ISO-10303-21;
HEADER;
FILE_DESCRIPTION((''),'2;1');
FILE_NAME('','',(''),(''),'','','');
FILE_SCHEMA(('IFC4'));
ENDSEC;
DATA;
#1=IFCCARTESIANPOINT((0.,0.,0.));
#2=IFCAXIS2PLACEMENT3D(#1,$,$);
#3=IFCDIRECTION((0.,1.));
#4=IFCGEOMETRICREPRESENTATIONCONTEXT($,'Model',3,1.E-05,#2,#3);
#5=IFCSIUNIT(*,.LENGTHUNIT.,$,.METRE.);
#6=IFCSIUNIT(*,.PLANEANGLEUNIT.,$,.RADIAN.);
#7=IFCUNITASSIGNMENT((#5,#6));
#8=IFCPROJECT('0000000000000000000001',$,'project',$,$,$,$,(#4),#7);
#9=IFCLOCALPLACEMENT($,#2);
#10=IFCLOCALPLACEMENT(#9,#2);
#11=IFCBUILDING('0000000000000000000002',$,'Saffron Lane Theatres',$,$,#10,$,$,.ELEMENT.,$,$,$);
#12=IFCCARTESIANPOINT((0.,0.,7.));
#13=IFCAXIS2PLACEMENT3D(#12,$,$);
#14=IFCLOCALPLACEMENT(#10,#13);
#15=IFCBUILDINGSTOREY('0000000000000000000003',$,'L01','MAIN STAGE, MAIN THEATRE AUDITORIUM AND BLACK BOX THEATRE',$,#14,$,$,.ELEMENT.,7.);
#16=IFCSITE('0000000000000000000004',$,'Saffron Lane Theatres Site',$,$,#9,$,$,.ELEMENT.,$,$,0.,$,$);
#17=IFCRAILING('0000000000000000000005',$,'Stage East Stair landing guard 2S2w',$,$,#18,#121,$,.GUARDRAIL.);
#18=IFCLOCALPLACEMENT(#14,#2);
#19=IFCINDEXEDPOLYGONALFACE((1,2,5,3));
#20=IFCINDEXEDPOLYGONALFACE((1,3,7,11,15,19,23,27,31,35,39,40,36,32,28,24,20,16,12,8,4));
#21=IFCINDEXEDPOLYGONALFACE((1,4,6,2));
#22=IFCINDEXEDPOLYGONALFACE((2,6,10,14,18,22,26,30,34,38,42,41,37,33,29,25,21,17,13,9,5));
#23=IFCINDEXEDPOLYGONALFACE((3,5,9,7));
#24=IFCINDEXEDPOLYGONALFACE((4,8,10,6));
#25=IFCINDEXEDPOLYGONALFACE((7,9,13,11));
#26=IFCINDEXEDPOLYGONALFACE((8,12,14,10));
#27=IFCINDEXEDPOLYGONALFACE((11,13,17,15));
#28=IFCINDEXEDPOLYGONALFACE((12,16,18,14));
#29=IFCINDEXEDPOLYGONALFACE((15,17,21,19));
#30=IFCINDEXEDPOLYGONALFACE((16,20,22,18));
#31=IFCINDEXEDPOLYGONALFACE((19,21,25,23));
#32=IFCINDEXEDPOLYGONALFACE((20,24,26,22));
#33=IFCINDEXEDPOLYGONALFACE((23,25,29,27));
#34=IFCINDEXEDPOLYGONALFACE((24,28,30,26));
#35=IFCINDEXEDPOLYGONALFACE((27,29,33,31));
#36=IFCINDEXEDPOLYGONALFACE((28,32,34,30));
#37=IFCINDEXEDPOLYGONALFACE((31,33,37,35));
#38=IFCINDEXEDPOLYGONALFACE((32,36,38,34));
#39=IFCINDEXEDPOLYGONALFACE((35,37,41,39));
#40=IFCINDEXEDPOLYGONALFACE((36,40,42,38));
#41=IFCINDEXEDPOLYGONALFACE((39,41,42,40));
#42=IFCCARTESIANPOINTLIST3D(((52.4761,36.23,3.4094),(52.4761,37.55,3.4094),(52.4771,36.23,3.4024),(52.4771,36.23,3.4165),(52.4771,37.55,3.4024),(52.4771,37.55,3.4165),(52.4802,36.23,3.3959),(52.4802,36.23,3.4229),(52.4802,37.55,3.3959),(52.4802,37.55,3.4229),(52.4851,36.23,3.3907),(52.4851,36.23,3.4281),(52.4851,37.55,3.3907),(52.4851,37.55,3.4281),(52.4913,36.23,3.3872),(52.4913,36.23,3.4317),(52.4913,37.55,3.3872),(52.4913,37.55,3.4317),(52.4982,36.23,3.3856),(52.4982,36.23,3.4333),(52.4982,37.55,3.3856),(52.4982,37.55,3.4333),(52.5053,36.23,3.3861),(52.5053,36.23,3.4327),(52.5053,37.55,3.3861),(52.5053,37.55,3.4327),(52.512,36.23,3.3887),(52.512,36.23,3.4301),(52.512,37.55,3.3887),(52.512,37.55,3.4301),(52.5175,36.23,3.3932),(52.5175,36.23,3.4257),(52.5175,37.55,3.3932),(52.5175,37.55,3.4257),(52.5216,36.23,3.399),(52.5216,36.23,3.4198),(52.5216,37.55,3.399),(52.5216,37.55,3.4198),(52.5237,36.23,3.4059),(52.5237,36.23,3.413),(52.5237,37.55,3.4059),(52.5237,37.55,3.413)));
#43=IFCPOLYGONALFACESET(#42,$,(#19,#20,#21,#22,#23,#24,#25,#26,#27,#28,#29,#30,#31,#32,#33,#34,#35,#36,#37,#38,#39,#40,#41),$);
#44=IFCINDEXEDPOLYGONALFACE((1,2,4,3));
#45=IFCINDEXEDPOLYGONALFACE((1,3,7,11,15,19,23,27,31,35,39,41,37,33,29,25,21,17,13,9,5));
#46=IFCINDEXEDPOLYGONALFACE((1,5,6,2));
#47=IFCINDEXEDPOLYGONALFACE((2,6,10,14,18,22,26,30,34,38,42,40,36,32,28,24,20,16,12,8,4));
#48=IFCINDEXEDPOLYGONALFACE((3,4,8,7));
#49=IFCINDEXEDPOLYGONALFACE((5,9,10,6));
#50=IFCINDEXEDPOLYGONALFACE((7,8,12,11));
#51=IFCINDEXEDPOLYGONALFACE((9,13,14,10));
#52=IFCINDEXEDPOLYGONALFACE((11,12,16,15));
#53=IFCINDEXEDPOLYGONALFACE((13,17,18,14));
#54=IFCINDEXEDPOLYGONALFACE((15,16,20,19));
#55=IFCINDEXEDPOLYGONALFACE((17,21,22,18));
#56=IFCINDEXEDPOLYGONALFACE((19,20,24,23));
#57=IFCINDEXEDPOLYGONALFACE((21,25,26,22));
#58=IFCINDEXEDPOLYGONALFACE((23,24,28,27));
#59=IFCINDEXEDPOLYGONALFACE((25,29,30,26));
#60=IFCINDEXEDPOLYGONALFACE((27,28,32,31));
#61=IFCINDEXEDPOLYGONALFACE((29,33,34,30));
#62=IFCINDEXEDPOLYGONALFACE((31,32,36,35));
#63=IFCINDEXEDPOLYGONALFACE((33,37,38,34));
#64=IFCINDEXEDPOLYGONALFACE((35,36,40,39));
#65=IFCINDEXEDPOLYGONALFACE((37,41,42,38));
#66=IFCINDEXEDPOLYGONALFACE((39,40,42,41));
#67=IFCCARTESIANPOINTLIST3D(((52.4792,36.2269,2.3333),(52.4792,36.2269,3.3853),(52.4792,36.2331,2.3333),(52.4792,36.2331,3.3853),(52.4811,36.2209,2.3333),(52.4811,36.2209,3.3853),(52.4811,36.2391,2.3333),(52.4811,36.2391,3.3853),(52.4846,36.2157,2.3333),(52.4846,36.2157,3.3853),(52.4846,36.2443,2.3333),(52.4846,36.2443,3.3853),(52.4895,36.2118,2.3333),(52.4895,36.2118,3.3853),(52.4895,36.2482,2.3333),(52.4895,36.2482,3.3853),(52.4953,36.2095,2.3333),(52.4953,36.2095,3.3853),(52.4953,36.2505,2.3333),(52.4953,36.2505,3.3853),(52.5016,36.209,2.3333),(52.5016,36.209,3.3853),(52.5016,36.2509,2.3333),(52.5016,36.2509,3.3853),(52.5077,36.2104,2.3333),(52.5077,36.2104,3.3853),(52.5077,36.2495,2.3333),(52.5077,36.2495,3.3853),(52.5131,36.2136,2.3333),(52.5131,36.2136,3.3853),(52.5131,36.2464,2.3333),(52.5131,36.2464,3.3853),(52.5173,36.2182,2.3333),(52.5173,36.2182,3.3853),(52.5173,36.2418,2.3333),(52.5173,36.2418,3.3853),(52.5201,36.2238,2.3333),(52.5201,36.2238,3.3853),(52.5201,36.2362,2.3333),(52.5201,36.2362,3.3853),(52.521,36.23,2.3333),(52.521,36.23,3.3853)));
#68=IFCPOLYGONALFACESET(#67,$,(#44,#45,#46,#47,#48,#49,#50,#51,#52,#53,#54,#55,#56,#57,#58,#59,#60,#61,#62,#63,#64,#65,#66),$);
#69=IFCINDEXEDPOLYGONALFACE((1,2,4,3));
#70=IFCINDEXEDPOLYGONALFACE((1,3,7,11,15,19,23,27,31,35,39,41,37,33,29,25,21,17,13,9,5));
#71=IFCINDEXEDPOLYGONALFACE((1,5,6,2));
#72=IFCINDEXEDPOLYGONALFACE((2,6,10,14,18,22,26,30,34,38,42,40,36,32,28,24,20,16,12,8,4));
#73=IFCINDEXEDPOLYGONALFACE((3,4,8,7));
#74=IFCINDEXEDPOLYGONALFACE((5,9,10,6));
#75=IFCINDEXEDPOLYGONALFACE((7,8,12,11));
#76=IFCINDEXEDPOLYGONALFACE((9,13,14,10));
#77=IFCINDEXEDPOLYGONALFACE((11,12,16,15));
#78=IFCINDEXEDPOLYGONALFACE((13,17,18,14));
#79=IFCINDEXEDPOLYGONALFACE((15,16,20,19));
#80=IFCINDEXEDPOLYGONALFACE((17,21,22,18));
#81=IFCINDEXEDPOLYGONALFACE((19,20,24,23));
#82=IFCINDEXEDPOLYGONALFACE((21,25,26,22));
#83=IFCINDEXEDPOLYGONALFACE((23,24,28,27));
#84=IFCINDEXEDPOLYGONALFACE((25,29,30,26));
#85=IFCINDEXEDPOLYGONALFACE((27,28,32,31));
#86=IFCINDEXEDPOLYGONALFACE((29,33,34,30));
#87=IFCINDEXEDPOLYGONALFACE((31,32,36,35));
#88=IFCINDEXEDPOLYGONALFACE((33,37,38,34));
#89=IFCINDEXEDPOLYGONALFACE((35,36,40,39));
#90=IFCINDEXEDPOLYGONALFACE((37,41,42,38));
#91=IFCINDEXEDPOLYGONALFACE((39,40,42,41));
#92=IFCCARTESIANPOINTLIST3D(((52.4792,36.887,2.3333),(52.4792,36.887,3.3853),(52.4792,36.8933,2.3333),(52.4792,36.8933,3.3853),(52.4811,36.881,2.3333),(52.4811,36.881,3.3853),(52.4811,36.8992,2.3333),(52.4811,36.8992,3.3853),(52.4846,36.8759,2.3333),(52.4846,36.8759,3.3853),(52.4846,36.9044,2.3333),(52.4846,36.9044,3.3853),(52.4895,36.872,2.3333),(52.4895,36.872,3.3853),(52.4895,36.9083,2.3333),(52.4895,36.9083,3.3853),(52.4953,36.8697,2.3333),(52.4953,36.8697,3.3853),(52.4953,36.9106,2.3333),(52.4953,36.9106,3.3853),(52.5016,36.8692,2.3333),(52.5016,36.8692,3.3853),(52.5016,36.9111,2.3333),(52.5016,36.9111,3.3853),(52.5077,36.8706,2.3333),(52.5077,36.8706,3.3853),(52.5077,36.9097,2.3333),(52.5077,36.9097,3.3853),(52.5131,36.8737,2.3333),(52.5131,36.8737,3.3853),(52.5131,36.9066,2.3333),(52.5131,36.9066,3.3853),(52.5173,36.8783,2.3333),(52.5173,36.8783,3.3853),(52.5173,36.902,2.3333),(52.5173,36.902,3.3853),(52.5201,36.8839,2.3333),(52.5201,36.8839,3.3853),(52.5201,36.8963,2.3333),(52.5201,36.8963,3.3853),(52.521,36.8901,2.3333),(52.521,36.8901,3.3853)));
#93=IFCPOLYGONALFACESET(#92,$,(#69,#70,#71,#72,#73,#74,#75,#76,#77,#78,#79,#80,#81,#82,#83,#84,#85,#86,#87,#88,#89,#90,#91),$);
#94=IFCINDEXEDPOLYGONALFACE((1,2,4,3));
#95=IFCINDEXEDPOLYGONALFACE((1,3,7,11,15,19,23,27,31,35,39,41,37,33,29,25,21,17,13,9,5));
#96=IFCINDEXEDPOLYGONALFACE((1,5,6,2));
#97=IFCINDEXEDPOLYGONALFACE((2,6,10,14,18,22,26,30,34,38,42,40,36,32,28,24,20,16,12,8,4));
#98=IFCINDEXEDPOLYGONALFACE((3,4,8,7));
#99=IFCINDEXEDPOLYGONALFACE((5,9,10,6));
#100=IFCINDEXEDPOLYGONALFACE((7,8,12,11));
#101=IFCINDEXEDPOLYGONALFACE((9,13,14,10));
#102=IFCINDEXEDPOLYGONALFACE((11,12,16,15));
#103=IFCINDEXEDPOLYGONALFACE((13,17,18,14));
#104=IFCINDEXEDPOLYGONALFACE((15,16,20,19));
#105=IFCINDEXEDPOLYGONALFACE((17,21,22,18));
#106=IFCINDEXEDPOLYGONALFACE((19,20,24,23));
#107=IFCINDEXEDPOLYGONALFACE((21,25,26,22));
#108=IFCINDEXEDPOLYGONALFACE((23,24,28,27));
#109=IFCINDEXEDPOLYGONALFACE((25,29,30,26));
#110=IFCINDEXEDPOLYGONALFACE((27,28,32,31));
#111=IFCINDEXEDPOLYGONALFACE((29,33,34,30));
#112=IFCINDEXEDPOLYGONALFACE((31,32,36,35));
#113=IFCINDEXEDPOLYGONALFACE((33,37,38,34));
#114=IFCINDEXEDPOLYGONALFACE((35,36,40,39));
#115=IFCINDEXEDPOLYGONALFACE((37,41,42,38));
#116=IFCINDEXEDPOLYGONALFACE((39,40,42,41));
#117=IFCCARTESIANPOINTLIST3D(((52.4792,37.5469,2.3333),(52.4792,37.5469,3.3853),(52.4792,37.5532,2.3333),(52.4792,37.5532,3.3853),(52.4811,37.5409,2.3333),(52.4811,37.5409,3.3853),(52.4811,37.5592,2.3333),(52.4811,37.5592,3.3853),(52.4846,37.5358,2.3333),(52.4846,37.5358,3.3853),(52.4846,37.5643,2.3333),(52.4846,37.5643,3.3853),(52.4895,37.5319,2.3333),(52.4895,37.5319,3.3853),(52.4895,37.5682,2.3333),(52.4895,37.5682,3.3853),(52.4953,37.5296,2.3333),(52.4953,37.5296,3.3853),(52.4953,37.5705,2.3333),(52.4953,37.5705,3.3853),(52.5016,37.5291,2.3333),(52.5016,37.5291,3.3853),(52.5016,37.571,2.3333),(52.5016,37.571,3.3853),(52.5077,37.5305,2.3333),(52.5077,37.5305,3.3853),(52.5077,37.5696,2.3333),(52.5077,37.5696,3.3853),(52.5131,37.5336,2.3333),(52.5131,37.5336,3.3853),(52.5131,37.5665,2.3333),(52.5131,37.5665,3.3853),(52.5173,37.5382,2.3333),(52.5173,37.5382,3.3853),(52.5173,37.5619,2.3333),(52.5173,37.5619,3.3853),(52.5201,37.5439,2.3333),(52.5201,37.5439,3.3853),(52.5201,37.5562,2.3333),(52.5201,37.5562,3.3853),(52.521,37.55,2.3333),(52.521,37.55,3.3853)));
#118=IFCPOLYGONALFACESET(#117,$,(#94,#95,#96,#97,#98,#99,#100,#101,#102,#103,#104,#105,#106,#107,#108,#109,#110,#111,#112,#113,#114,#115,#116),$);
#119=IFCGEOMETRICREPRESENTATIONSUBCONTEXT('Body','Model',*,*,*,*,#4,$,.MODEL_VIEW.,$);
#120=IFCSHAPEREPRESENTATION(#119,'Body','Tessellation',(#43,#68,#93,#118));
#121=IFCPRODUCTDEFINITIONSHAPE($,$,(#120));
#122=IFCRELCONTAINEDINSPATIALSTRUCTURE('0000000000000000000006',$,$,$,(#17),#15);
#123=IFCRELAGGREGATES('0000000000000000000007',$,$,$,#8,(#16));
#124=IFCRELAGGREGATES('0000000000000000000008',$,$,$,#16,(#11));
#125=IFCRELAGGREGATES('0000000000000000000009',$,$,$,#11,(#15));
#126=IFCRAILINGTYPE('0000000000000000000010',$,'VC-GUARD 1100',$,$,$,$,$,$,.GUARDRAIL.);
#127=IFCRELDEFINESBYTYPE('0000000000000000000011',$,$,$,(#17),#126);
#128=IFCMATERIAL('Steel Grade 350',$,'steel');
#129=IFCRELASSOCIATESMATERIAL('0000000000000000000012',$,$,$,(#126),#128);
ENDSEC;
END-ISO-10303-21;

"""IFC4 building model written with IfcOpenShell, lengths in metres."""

from ifc_helpers import new_model, si_unit, direction, frame, origin, origin_2d, place, context, subcontext, project, spatial, circle, extrude, material, type_object, element, save


model = new_model("IFC4")

# Units and contexts
model_context = context("Model", 3, precision=1e-05, world=origin(), true_north=direction((0.0, 1.0)))
body_context = subcontext(model_context, "Body", "Model", "MODEL_VIEW")
ifc_project = project(units=[si_unit("LENGTHUNIT", "METRE"), si_unit("PLANEANGLEUNIT", "RADIAN")], contexts=[model_context])

# Site, building, storey
site_placement = place(None, origin())
site = spatial("IfcSite", under=ifc_project, at=site_placement, Name="Saffron Lane Theatres Site", CompositionType="ELEMENT", RefElevation=0.0)
building_placement = place(site_placement, origin())
building = spatial("IfcBuilding", under=site, at=building_placement, Name="Saffron Lane Theatres", CompositionType="ELEMENT")
storey_placement = place(building_placement, frame((0.0, 0.0, 7.0)))
storey = spatial("IfcBuildingStorey", under=building, at=storey_placement, Name="L01", Description="MAIN STAGE, MAIN THEATRE AUDITORIUM AND BLACK BOX THEATRE", CompositionType="ELEMENT", Elevation=7.0)

# Railing
ifc_material_1 = material(Name="Steel Grade 350", Category="steel")
railing_type_1 = type_object("IfcRailingType", Name="VC-GUARD 1100", PredefinedType="GUARDRAIL", material=ifc_material_1)
railing_1_placement = place(storey_placement, frame((52.5, 36.23, 2.3333)))
element("IfcRailing", 1, at=railing_1_placement, inside=storey, type_object=railing_type_1, Name="Stage East Stair landing guard 2S2w", PredefinedType="GUARDRAIL", context=body_context, shape_type="SweptSolid", body=[
    extrude(circle(Radius=0.0239, at=origin_2d()), frame((0.0, 0.0, 1.0762), z_axis=(0.0, 1.0, 0.0), x_axis=(-1.0, 0.0, 0.0)), (0.0, 0.0, 1.0), 1.3201),
    extrude(circle(Radius=0.021, at=origin_2d()), origin(), (0.0, 0.0, 1.0), 1.052),
    extrude(circle(Radius=0.021, at=origin_2d()), frame((0.0, 0.6602, 0.0)), (0.0, 0.0, 1.0), 1.052),
    extrude(circle(Radius=0.021, at=origin_2d()), frame((0.0, 1.3201, 0.0)), (0.0, 0.0, 1.0), 1.052),
])

save(model, "model.ifc")
